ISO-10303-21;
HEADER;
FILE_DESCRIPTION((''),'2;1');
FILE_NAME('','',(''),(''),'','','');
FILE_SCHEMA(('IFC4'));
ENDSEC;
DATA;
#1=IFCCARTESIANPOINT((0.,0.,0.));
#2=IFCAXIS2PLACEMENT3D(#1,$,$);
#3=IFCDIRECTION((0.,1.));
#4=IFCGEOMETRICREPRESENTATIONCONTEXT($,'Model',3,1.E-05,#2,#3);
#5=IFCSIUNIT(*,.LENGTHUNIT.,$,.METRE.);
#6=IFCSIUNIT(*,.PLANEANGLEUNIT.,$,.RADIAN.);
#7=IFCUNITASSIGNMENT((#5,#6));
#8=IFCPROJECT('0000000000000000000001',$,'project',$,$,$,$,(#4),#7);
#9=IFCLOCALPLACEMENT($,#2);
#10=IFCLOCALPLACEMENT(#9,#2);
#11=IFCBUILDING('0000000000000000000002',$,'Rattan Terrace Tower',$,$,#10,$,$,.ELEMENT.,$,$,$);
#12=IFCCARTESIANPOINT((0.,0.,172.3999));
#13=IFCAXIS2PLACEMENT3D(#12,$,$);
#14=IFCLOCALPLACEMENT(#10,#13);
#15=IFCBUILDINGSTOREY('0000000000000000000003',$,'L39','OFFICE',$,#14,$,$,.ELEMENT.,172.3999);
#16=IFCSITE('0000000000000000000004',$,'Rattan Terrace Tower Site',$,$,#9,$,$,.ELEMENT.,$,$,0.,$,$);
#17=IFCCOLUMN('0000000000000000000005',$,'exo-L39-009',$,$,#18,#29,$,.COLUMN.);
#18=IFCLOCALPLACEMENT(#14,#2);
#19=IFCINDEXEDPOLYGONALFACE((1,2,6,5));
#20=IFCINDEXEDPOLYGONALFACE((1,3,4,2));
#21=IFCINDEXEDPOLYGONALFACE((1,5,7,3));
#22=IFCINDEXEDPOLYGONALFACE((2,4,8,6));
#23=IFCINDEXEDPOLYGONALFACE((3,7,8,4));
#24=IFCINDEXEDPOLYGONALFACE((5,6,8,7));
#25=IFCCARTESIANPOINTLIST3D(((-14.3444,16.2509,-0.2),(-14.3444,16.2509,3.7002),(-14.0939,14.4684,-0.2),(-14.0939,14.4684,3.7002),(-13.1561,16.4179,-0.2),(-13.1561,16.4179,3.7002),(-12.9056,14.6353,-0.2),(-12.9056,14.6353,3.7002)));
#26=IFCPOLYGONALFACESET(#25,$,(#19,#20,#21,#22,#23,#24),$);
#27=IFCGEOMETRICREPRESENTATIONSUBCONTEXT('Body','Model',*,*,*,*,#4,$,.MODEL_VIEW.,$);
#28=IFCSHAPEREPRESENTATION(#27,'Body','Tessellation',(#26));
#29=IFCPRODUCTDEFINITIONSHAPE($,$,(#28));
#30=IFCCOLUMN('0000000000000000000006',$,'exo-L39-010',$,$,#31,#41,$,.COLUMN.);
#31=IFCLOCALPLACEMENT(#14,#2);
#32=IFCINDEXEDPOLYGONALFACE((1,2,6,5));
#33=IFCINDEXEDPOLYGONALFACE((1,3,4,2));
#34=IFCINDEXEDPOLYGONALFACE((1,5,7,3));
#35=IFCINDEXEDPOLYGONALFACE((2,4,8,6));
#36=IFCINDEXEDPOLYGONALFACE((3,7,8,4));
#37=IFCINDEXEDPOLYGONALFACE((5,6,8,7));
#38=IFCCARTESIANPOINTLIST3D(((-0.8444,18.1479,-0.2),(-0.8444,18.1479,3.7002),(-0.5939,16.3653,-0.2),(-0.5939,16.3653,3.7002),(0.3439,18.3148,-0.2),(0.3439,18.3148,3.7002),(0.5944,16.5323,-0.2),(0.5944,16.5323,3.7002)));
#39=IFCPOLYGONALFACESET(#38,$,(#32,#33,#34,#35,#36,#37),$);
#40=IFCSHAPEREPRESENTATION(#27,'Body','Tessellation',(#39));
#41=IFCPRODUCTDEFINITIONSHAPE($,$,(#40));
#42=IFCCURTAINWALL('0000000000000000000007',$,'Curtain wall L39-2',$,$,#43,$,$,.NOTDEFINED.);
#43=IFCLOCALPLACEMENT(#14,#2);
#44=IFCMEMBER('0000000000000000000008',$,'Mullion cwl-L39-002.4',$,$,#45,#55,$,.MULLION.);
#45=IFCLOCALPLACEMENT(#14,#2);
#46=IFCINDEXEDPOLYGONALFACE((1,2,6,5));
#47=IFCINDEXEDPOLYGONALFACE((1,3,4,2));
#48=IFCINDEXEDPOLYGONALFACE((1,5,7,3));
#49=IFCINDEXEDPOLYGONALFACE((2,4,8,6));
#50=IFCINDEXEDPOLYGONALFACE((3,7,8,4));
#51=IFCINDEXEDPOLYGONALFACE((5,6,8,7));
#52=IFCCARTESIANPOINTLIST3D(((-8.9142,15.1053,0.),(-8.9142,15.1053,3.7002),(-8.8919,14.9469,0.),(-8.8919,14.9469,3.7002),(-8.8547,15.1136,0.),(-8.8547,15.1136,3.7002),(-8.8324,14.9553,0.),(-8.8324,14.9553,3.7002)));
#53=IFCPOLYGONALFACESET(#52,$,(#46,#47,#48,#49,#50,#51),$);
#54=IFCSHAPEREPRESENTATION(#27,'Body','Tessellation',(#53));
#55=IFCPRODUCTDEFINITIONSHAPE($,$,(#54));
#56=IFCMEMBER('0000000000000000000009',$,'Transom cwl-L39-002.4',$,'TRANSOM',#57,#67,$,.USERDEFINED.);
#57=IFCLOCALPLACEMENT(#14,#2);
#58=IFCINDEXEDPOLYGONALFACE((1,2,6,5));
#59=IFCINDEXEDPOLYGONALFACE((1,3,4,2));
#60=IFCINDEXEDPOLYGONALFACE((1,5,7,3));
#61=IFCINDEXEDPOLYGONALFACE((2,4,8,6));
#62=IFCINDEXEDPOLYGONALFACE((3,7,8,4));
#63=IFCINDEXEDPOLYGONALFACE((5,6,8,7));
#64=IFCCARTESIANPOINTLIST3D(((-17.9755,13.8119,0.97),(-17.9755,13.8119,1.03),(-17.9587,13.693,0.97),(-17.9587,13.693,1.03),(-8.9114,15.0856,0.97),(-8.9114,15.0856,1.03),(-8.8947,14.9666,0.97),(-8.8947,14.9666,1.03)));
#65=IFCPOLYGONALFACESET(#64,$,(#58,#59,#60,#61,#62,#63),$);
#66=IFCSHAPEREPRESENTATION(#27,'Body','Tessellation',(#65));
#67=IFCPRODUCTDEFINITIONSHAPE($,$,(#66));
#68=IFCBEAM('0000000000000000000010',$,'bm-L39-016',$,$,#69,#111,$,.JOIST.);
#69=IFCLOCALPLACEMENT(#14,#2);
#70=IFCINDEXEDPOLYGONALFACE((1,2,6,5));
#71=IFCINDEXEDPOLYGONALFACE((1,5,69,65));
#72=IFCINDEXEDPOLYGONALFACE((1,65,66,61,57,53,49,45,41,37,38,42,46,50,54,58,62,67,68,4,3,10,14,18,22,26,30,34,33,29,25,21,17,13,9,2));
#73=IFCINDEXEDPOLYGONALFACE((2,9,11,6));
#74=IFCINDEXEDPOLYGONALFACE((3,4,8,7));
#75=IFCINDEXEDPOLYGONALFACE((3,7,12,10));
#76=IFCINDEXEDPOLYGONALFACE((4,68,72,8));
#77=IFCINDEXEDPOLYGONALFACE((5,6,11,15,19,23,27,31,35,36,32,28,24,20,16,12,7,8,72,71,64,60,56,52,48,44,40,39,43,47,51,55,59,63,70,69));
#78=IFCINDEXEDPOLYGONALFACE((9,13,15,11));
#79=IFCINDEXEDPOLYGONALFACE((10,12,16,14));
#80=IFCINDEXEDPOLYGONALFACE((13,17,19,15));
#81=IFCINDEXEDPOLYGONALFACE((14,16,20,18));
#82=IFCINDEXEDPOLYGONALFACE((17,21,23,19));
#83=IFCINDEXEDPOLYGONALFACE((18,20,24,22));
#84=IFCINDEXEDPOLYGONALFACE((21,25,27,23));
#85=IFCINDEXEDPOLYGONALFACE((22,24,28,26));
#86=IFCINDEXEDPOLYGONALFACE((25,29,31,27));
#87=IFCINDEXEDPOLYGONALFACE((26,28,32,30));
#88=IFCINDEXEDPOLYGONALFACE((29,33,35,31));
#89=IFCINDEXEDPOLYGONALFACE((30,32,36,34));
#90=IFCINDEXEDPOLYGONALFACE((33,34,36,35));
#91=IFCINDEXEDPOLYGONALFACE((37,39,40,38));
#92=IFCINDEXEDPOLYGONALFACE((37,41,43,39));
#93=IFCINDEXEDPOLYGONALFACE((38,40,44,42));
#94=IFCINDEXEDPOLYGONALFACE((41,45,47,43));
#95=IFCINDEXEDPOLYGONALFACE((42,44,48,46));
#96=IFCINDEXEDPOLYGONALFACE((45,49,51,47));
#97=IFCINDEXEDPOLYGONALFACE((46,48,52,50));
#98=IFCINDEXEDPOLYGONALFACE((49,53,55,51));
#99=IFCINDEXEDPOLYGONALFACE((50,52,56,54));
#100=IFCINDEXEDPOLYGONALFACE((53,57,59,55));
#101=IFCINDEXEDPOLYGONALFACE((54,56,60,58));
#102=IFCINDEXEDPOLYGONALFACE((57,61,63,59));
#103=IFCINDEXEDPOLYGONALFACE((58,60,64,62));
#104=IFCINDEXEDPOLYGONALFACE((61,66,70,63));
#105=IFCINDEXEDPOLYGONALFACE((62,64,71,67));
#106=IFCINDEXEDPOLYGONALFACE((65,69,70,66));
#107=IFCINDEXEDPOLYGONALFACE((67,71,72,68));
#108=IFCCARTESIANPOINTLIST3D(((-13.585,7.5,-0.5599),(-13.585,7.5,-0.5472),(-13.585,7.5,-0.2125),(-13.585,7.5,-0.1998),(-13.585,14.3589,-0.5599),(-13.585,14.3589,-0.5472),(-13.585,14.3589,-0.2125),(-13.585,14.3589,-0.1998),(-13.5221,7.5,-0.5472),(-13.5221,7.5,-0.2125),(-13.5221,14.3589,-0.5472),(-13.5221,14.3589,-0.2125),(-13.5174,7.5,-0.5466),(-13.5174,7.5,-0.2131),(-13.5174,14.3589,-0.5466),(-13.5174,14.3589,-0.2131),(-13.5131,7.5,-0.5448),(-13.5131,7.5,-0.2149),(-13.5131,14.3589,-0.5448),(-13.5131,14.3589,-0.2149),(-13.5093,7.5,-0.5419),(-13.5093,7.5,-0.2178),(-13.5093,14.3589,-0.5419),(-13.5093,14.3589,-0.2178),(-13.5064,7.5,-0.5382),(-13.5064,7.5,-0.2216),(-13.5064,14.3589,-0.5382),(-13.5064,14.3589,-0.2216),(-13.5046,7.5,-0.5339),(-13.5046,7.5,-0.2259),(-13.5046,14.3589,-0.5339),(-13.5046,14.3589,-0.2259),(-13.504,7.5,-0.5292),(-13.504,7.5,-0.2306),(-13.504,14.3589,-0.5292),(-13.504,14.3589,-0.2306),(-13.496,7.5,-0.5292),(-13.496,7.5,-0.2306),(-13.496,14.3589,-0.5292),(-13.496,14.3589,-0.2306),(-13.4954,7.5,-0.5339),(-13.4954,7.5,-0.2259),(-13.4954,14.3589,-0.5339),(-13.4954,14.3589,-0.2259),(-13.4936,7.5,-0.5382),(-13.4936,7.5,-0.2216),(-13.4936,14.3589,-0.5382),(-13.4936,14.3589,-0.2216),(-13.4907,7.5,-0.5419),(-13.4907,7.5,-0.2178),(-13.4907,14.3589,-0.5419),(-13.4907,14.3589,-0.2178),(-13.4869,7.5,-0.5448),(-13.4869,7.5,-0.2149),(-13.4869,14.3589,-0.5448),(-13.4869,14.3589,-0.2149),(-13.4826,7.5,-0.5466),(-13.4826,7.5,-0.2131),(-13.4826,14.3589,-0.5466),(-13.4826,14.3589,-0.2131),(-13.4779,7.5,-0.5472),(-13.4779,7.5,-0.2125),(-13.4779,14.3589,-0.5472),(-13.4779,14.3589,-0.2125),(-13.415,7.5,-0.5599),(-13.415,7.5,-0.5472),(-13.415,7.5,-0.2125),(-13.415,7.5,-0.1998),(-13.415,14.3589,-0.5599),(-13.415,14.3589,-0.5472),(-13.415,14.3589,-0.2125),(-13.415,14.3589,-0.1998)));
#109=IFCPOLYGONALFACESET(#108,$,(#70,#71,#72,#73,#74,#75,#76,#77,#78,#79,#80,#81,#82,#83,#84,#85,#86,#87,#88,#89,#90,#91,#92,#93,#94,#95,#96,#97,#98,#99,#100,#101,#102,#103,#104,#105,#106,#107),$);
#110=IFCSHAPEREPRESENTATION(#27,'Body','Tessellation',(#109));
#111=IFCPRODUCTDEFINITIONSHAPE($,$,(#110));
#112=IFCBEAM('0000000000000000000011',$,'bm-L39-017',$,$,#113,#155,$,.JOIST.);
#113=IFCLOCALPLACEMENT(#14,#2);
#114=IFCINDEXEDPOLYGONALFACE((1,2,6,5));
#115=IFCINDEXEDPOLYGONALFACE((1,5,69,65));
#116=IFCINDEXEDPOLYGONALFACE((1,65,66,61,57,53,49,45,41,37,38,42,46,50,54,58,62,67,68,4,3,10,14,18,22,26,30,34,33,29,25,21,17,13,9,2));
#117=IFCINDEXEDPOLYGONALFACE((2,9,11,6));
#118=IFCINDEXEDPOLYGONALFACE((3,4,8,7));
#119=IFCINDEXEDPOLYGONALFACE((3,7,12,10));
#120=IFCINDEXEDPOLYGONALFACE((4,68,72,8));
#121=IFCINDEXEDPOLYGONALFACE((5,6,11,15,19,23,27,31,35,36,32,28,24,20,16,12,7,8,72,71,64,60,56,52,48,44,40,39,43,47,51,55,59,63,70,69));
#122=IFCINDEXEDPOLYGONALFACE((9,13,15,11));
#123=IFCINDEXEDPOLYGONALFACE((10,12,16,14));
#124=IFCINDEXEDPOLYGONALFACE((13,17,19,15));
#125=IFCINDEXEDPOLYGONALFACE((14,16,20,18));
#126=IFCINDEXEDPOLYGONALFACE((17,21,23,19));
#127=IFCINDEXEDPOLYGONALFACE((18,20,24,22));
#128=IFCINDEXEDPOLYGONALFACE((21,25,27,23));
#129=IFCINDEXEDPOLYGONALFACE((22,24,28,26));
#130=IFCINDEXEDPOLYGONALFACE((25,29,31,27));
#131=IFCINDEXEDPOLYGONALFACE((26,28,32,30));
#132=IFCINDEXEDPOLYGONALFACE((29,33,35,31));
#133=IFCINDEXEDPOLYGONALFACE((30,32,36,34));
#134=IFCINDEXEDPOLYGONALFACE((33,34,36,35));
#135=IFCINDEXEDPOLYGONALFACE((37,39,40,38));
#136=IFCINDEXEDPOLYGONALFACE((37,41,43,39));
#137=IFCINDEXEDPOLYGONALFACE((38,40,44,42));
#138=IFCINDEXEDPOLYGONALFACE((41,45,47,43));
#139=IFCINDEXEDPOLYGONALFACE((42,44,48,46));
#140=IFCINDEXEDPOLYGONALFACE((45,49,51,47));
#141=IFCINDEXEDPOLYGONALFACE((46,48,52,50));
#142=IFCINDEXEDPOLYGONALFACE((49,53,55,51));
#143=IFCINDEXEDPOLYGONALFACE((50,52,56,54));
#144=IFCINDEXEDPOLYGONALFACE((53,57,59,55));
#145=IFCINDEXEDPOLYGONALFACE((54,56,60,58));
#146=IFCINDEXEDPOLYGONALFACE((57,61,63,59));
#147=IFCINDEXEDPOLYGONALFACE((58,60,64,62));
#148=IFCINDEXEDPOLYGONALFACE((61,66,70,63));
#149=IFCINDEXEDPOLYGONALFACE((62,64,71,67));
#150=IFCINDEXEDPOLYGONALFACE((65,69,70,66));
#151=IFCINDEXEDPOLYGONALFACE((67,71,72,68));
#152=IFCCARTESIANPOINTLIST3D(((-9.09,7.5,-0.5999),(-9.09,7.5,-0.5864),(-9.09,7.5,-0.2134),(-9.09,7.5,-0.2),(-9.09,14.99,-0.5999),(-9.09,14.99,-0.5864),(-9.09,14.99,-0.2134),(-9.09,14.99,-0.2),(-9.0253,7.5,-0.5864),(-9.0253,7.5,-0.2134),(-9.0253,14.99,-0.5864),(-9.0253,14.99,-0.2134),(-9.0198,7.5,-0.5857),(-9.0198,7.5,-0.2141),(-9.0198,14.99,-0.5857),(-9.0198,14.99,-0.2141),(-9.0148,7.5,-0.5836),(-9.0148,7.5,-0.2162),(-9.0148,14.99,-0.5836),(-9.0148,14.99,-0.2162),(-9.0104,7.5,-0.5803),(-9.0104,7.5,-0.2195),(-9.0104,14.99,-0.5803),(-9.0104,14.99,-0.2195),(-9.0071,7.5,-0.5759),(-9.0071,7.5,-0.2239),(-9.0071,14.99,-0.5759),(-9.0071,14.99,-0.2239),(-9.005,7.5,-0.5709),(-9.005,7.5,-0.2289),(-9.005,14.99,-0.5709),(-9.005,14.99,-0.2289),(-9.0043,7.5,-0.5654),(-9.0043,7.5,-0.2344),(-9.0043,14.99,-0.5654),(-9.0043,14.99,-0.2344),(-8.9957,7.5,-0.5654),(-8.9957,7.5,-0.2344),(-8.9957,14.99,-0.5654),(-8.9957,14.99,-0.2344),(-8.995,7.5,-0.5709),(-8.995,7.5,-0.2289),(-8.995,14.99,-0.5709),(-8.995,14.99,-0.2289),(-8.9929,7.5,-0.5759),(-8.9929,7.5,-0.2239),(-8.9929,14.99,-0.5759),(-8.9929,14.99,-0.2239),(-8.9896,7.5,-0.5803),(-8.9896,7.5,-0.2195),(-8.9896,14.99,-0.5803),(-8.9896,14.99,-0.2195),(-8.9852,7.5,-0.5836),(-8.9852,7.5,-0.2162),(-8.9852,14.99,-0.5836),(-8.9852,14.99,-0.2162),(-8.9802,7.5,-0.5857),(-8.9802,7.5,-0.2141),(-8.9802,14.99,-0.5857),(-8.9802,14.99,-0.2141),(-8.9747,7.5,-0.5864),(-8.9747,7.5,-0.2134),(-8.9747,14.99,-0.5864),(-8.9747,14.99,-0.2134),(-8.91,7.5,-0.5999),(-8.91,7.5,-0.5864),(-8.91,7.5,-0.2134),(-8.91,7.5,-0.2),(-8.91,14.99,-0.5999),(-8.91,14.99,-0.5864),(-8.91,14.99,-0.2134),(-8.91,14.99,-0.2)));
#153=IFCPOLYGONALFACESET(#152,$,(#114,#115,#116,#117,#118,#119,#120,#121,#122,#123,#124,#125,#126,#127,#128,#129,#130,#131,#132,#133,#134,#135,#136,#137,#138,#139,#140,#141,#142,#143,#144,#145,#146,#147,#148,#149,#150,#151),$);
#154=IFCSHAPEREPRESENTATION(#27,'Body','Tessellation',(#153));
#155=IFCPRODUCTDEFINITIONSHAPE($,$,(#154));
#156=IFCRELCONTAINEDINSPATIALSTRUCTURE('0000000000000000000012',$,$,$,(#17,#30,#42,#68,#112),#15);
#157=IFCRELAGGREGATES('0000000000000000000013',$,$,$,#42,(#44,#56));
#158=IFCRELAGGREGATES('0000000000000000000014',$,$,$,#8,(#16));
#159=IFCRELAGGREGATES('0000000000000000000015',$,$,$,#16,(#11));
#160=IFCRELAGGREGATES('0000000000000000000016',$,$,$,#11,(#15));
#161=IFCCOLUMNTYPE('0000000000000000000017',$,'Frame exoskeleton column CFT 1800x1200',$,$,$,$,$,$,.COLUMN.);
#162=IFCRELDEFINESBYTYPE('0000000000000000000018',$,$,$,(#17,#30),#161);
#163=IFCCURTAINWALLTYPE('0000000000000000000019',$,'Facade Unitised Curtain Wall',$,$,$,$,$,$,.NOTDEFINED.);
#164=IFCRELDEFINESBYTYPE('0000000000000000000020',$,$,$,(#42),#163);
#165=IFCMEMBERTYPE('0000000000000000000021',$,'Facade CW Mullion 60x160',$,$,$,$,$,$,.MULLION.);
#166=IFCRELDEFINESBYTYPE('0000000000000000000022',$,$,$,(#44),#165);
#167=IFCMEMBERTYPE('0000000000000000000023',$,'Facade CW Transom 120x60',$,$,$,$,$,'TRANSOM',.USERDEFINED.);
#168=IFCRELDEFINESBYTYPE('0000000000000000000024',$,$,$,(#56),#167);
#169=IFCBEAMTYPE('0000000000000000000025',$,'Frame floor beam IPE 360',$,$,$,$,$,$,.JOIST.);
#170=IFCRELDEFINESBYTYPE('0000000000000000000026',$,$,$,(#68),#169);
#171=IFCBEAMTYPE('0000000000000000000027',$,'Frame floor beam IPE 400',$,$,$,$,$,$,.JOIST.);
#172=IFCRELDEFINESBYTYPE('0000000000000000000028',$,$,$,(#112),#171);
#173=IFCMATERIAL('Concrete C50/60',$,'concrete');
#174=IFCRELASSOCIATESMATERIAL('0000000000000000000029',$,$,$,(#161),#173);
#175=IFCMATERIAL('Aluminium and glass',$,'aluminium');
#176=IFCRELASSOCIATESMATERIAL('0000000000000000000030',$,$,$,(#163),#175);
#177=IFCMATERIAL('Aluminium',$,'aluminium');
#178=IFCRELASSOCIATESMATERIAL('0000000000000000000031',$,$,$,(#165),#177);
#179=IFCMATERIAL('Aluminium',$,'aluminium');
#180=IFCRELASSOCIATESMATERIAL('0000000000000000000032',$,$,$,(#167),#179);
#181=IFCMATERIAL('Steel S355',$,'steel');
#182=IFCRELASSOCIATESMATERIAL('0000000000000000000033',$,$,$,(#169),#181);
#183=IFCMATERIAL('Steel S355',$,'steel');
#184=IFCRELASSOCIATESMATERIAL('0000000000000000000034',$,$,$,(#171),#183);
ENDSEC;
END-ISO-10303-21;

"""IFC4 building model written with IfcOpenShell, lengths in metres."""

from ifc_helpers import new_model, si_unit, direction, frame, origin, origin_2d, place, context, subcontext, project, spatial, rectangle, i_section, extrude, material, material_profile, profile_set, type_object, element, aggregate, save


model = new_model("IFC4")

# Units and contexts
model_context = context("Model", 3, precision=1e-05, world=origin(), true_north=direction((0.0, 1.0)))
body_context = subcontext(model_context, "Body", "Model", "MODEL_VIEW")
ifc_project = project(units=[si_unit("LENGTHUNIT", "METRE"), si_unit("PLANEANGLEUNIT", "RADIAN")], contexts=[model_context])

# Site, building, storey
site_placement = place(None, origin())
site = spatial("IfcSite", under=ifc_project, at=site_placement, Name="Rattan Terrace Tower Site", CompositionType="ELEMENT", RefElevation=0.0)
building_placement = place(site_placement, origin())
building = spatial("IfcBuilding", under=site, at=building_placement, Name="Rattan Terrace Tower", CompositionType="ELEMENT")
storey_placement = place(building_placement, frame((0.0, 0.0, 172.3999)))
storey = spatial("IfcBuildingStorey", under=building, at=storey_placement, Name="L39", Description="OFFICE", CompositionType="ELEMENT", Elevation=172.3999)

# Columns
ifc_material_1 = material(Name="Concrete C50/60", Category="concrete")
ifc_material_profile_1 = material_profile(ifc_material_1, rectangle(XDim=1.2, YDim=1.8, at=origin_2d()), Name="CFT 1800x1200")
ifc_profile_set_1 = profile_set([ifc_material_profile_1], Name="Concrete C50/60")
column_type = type_object("IfcColumnType", Name="Frame exoskeleton column CFT 1800x1200", PredefinedType="COLUMN", material=ifc_profile_set_1)
for number, where, z_axis, x_axis, name in (
    (1, (-13.625, 15.4431, -0.2), (0.0, 0.0, 1.0), (0.99027, 0.139156, 0.0), "exo-L39-009"),
    (2, (-0.125, 17.3401, -0.2), (0.0, 0.0, 1.0), (0.99027, 0.139156, 0.0), "exo-L39-010"),
):
    element("IfcColumn", number, at=place(storey_placement, frame(where, z_axis=z_axis, x_axis=x_axis)), inside=storey, type_object=column_type, Name=name, PredefinedType="COLUMN", context=body_context, shape_type="SweptSolid", body=[
        extrude(rectangle(XDim=1.2, YDim=1.8, at=origin_2d()), origin(), (0.0, 0.0, 1.0), 3.9001),
    ])

# Curtain wall, members
ifc_material_2 = material(Name="Aluminium and glass", Category="aluminium")
curtain_wall_type = type_object("IfcCurtainWallType", Name="Facade Unitised Curtain Wall", PredefinedType="NOTDEFINED", material=ifc_material_2)
curtain_wall_placement = place(storey_placement, origin())
curtain_wall = element("IfcCurtainWall", 3, at=curtain_wall_placement, inside=storey, type_object=curtain_wall_type, Name="Curtain wall L39-2", PredefinedType="NOTDEFINED")
ifc_material_3 = material(Name="Aluminium", Category="aluminium")
ifc_material_profile_2 = material_profile(ifc_material_3, rectangle(XDim=0.0601, YDim=0.1599, at=origin_2d()), Name="Aluminium 60x160")
ifc_profile_set_2 = profile_set([ifc_material_profile_2], Name="Aluminium")
member_type_1 = type_object("IfcMemberType", Name="Facade CW Mullion 60x160", PredefinedType="MULLION", material=ifc_profile_set_2)
member_1_placement = place(storey_placement, frame((-8.8733, 15.0303, 0.0), z_axis=(0.0, 0.0, 1.0), x_axis=(-0.99027, -0.139161, 0.0)))
member_1 = element("IfcMember", 4, at=member_1_placement, type_object=member_type_1, Name="Mullion cwl-L39-002.4", PredefinedType="MULLION", context=body_context, shape_type="SweptSolid", body=[
    extrude(rectangle(XDim=0.0601, YDim=0.1599, at=origin_2d()), origin(), (0.0, 0.0, 1.0), 3.7002),
])
ifc_material_4 = material(Name="Aluminium", Category="aluminium")
ifc_material_profile_3 = material_profile(ifc_material_4, rectangle(XDim=0.1201, YDim=0.0601, at=origin_2d()), Name="Aluminium 120x60")
ifc_profile_set_3 = profile_set([ifc_material_profile_3], Name="Aluminium")
member_type_2 = type_object("IfcMemberType", Name="Facade CW Transom 120x60", ElementType="TRANSOM", PredefinedType="USERDEFINED", material=ifc_profile_set_3)
member_2_placement = place(storey_placement, frame((-8.9031, 15.0261, 1.0), z_axis=(-0.990271, -0.139154, 0.0), x_axis=(0.139154, -0.990271, 0.0)))
member_2 = element("IfcMember", 5, at=member_2_placement, type_object=member_type_2, Name="Transom cwl-L39-002.4", ObjectType="TRANSOM", PredefinedType="USERDEFINED", context=body_context, shape_type="SweptSolid", body=[
    extrude(rectangle(XDim=0.1201, YDim=0.0601, at=origin_2d()), origin(), (0.0, 0.0, 1.0), 9.1531),
])

# Beams
ifc_material_5 = material(Name="Steel S355", Category="steel")
ifc_material_profile_4 = material_profile(ifc_material_5, i_section(OverallWidth=0.1699, OverallDepth=0.3601, WebThickness=0.0081, FlangeThickness=0.0127, FilletRadius=0.0181, at=origin_2d()), Name="IPE 360")
ifc_profile_set_4 = profile_set([ifc_material_profile_4], Name="Steel S355")
beam_type_1 = type_object("IfcBeamType", Name="Frame floor beam IPE 360", PredefinedType="JOIST", material=ifc_profile_set_4)
beam_1_placement = place(storey_placement, frame((-13.5, 7.5, -0.3799), z_axis=(0.0, 1.0, 0.0), x_axis=(-1.0, 0.0, 0.0)))
element("IfcBeam", 6, at=beam_1_placement, inside=storey, type_object=beam_type_1, Name="bm-L39-016", PredefinedType="JOIST", context=body_context, shape_type="SweptSolid", body=[
    extrude(i_section(OverallWidth=0.1699, OverallDepth=0.3601, WebThickness=0.0081, FlangeThickness=0.0127, FilletRadius=0.0181, at=origin_2d()), origin(), (0.0, 0.0, 1.0), 6.8589),
])
ifc_material_6 = material(Name="Steel S355", Category="steel")
ifc_material_profile_5 = material_profile(ifc_material_6, i_section(OverallWidth=0.1799, OverallDepth=0.3999, WebThickness=0.0085, FlangeThickness=0.0134, FilletRadius=0.021, at=origin_2d()), Name="IPE 400")
ifc_profile_set_5 = profile_set([ifc_material_profile_5], Name="Steel S355")
beam_type_2 = type_object("IfcBeamType", Name="Frame floor beam IPE 400", PredefinedType="JOIST", material=ifc_profile_set_5)
beam_2_placement = place(storey_placement, frame((-9.0, 7.5, -0.3999), z_axis=(0.0, 1.0, 0.0), x_axis=(-1.0, 0.0, 0.0)))
element("IfcBeam", 7, at=beam_2_placement, inside=storey, type_object=beam_type_2, Name="bm-L39-017", PredefinedType="JOIST", context=body_context, shape_type="SweptSolid", body=[
    extrude(i_section(OverallWidth=0.1799, OverallDepth=0.3999, WebThickness=0.0085, FlangeThickness=0.0134, FilletRadius=0.021, at=origin_2d()), origin(), (0.0, 0.0, 1.0), 7.49),
])

aggregate(curtain_wall, [member_1, member_2])

save(model, "model.ifc")
